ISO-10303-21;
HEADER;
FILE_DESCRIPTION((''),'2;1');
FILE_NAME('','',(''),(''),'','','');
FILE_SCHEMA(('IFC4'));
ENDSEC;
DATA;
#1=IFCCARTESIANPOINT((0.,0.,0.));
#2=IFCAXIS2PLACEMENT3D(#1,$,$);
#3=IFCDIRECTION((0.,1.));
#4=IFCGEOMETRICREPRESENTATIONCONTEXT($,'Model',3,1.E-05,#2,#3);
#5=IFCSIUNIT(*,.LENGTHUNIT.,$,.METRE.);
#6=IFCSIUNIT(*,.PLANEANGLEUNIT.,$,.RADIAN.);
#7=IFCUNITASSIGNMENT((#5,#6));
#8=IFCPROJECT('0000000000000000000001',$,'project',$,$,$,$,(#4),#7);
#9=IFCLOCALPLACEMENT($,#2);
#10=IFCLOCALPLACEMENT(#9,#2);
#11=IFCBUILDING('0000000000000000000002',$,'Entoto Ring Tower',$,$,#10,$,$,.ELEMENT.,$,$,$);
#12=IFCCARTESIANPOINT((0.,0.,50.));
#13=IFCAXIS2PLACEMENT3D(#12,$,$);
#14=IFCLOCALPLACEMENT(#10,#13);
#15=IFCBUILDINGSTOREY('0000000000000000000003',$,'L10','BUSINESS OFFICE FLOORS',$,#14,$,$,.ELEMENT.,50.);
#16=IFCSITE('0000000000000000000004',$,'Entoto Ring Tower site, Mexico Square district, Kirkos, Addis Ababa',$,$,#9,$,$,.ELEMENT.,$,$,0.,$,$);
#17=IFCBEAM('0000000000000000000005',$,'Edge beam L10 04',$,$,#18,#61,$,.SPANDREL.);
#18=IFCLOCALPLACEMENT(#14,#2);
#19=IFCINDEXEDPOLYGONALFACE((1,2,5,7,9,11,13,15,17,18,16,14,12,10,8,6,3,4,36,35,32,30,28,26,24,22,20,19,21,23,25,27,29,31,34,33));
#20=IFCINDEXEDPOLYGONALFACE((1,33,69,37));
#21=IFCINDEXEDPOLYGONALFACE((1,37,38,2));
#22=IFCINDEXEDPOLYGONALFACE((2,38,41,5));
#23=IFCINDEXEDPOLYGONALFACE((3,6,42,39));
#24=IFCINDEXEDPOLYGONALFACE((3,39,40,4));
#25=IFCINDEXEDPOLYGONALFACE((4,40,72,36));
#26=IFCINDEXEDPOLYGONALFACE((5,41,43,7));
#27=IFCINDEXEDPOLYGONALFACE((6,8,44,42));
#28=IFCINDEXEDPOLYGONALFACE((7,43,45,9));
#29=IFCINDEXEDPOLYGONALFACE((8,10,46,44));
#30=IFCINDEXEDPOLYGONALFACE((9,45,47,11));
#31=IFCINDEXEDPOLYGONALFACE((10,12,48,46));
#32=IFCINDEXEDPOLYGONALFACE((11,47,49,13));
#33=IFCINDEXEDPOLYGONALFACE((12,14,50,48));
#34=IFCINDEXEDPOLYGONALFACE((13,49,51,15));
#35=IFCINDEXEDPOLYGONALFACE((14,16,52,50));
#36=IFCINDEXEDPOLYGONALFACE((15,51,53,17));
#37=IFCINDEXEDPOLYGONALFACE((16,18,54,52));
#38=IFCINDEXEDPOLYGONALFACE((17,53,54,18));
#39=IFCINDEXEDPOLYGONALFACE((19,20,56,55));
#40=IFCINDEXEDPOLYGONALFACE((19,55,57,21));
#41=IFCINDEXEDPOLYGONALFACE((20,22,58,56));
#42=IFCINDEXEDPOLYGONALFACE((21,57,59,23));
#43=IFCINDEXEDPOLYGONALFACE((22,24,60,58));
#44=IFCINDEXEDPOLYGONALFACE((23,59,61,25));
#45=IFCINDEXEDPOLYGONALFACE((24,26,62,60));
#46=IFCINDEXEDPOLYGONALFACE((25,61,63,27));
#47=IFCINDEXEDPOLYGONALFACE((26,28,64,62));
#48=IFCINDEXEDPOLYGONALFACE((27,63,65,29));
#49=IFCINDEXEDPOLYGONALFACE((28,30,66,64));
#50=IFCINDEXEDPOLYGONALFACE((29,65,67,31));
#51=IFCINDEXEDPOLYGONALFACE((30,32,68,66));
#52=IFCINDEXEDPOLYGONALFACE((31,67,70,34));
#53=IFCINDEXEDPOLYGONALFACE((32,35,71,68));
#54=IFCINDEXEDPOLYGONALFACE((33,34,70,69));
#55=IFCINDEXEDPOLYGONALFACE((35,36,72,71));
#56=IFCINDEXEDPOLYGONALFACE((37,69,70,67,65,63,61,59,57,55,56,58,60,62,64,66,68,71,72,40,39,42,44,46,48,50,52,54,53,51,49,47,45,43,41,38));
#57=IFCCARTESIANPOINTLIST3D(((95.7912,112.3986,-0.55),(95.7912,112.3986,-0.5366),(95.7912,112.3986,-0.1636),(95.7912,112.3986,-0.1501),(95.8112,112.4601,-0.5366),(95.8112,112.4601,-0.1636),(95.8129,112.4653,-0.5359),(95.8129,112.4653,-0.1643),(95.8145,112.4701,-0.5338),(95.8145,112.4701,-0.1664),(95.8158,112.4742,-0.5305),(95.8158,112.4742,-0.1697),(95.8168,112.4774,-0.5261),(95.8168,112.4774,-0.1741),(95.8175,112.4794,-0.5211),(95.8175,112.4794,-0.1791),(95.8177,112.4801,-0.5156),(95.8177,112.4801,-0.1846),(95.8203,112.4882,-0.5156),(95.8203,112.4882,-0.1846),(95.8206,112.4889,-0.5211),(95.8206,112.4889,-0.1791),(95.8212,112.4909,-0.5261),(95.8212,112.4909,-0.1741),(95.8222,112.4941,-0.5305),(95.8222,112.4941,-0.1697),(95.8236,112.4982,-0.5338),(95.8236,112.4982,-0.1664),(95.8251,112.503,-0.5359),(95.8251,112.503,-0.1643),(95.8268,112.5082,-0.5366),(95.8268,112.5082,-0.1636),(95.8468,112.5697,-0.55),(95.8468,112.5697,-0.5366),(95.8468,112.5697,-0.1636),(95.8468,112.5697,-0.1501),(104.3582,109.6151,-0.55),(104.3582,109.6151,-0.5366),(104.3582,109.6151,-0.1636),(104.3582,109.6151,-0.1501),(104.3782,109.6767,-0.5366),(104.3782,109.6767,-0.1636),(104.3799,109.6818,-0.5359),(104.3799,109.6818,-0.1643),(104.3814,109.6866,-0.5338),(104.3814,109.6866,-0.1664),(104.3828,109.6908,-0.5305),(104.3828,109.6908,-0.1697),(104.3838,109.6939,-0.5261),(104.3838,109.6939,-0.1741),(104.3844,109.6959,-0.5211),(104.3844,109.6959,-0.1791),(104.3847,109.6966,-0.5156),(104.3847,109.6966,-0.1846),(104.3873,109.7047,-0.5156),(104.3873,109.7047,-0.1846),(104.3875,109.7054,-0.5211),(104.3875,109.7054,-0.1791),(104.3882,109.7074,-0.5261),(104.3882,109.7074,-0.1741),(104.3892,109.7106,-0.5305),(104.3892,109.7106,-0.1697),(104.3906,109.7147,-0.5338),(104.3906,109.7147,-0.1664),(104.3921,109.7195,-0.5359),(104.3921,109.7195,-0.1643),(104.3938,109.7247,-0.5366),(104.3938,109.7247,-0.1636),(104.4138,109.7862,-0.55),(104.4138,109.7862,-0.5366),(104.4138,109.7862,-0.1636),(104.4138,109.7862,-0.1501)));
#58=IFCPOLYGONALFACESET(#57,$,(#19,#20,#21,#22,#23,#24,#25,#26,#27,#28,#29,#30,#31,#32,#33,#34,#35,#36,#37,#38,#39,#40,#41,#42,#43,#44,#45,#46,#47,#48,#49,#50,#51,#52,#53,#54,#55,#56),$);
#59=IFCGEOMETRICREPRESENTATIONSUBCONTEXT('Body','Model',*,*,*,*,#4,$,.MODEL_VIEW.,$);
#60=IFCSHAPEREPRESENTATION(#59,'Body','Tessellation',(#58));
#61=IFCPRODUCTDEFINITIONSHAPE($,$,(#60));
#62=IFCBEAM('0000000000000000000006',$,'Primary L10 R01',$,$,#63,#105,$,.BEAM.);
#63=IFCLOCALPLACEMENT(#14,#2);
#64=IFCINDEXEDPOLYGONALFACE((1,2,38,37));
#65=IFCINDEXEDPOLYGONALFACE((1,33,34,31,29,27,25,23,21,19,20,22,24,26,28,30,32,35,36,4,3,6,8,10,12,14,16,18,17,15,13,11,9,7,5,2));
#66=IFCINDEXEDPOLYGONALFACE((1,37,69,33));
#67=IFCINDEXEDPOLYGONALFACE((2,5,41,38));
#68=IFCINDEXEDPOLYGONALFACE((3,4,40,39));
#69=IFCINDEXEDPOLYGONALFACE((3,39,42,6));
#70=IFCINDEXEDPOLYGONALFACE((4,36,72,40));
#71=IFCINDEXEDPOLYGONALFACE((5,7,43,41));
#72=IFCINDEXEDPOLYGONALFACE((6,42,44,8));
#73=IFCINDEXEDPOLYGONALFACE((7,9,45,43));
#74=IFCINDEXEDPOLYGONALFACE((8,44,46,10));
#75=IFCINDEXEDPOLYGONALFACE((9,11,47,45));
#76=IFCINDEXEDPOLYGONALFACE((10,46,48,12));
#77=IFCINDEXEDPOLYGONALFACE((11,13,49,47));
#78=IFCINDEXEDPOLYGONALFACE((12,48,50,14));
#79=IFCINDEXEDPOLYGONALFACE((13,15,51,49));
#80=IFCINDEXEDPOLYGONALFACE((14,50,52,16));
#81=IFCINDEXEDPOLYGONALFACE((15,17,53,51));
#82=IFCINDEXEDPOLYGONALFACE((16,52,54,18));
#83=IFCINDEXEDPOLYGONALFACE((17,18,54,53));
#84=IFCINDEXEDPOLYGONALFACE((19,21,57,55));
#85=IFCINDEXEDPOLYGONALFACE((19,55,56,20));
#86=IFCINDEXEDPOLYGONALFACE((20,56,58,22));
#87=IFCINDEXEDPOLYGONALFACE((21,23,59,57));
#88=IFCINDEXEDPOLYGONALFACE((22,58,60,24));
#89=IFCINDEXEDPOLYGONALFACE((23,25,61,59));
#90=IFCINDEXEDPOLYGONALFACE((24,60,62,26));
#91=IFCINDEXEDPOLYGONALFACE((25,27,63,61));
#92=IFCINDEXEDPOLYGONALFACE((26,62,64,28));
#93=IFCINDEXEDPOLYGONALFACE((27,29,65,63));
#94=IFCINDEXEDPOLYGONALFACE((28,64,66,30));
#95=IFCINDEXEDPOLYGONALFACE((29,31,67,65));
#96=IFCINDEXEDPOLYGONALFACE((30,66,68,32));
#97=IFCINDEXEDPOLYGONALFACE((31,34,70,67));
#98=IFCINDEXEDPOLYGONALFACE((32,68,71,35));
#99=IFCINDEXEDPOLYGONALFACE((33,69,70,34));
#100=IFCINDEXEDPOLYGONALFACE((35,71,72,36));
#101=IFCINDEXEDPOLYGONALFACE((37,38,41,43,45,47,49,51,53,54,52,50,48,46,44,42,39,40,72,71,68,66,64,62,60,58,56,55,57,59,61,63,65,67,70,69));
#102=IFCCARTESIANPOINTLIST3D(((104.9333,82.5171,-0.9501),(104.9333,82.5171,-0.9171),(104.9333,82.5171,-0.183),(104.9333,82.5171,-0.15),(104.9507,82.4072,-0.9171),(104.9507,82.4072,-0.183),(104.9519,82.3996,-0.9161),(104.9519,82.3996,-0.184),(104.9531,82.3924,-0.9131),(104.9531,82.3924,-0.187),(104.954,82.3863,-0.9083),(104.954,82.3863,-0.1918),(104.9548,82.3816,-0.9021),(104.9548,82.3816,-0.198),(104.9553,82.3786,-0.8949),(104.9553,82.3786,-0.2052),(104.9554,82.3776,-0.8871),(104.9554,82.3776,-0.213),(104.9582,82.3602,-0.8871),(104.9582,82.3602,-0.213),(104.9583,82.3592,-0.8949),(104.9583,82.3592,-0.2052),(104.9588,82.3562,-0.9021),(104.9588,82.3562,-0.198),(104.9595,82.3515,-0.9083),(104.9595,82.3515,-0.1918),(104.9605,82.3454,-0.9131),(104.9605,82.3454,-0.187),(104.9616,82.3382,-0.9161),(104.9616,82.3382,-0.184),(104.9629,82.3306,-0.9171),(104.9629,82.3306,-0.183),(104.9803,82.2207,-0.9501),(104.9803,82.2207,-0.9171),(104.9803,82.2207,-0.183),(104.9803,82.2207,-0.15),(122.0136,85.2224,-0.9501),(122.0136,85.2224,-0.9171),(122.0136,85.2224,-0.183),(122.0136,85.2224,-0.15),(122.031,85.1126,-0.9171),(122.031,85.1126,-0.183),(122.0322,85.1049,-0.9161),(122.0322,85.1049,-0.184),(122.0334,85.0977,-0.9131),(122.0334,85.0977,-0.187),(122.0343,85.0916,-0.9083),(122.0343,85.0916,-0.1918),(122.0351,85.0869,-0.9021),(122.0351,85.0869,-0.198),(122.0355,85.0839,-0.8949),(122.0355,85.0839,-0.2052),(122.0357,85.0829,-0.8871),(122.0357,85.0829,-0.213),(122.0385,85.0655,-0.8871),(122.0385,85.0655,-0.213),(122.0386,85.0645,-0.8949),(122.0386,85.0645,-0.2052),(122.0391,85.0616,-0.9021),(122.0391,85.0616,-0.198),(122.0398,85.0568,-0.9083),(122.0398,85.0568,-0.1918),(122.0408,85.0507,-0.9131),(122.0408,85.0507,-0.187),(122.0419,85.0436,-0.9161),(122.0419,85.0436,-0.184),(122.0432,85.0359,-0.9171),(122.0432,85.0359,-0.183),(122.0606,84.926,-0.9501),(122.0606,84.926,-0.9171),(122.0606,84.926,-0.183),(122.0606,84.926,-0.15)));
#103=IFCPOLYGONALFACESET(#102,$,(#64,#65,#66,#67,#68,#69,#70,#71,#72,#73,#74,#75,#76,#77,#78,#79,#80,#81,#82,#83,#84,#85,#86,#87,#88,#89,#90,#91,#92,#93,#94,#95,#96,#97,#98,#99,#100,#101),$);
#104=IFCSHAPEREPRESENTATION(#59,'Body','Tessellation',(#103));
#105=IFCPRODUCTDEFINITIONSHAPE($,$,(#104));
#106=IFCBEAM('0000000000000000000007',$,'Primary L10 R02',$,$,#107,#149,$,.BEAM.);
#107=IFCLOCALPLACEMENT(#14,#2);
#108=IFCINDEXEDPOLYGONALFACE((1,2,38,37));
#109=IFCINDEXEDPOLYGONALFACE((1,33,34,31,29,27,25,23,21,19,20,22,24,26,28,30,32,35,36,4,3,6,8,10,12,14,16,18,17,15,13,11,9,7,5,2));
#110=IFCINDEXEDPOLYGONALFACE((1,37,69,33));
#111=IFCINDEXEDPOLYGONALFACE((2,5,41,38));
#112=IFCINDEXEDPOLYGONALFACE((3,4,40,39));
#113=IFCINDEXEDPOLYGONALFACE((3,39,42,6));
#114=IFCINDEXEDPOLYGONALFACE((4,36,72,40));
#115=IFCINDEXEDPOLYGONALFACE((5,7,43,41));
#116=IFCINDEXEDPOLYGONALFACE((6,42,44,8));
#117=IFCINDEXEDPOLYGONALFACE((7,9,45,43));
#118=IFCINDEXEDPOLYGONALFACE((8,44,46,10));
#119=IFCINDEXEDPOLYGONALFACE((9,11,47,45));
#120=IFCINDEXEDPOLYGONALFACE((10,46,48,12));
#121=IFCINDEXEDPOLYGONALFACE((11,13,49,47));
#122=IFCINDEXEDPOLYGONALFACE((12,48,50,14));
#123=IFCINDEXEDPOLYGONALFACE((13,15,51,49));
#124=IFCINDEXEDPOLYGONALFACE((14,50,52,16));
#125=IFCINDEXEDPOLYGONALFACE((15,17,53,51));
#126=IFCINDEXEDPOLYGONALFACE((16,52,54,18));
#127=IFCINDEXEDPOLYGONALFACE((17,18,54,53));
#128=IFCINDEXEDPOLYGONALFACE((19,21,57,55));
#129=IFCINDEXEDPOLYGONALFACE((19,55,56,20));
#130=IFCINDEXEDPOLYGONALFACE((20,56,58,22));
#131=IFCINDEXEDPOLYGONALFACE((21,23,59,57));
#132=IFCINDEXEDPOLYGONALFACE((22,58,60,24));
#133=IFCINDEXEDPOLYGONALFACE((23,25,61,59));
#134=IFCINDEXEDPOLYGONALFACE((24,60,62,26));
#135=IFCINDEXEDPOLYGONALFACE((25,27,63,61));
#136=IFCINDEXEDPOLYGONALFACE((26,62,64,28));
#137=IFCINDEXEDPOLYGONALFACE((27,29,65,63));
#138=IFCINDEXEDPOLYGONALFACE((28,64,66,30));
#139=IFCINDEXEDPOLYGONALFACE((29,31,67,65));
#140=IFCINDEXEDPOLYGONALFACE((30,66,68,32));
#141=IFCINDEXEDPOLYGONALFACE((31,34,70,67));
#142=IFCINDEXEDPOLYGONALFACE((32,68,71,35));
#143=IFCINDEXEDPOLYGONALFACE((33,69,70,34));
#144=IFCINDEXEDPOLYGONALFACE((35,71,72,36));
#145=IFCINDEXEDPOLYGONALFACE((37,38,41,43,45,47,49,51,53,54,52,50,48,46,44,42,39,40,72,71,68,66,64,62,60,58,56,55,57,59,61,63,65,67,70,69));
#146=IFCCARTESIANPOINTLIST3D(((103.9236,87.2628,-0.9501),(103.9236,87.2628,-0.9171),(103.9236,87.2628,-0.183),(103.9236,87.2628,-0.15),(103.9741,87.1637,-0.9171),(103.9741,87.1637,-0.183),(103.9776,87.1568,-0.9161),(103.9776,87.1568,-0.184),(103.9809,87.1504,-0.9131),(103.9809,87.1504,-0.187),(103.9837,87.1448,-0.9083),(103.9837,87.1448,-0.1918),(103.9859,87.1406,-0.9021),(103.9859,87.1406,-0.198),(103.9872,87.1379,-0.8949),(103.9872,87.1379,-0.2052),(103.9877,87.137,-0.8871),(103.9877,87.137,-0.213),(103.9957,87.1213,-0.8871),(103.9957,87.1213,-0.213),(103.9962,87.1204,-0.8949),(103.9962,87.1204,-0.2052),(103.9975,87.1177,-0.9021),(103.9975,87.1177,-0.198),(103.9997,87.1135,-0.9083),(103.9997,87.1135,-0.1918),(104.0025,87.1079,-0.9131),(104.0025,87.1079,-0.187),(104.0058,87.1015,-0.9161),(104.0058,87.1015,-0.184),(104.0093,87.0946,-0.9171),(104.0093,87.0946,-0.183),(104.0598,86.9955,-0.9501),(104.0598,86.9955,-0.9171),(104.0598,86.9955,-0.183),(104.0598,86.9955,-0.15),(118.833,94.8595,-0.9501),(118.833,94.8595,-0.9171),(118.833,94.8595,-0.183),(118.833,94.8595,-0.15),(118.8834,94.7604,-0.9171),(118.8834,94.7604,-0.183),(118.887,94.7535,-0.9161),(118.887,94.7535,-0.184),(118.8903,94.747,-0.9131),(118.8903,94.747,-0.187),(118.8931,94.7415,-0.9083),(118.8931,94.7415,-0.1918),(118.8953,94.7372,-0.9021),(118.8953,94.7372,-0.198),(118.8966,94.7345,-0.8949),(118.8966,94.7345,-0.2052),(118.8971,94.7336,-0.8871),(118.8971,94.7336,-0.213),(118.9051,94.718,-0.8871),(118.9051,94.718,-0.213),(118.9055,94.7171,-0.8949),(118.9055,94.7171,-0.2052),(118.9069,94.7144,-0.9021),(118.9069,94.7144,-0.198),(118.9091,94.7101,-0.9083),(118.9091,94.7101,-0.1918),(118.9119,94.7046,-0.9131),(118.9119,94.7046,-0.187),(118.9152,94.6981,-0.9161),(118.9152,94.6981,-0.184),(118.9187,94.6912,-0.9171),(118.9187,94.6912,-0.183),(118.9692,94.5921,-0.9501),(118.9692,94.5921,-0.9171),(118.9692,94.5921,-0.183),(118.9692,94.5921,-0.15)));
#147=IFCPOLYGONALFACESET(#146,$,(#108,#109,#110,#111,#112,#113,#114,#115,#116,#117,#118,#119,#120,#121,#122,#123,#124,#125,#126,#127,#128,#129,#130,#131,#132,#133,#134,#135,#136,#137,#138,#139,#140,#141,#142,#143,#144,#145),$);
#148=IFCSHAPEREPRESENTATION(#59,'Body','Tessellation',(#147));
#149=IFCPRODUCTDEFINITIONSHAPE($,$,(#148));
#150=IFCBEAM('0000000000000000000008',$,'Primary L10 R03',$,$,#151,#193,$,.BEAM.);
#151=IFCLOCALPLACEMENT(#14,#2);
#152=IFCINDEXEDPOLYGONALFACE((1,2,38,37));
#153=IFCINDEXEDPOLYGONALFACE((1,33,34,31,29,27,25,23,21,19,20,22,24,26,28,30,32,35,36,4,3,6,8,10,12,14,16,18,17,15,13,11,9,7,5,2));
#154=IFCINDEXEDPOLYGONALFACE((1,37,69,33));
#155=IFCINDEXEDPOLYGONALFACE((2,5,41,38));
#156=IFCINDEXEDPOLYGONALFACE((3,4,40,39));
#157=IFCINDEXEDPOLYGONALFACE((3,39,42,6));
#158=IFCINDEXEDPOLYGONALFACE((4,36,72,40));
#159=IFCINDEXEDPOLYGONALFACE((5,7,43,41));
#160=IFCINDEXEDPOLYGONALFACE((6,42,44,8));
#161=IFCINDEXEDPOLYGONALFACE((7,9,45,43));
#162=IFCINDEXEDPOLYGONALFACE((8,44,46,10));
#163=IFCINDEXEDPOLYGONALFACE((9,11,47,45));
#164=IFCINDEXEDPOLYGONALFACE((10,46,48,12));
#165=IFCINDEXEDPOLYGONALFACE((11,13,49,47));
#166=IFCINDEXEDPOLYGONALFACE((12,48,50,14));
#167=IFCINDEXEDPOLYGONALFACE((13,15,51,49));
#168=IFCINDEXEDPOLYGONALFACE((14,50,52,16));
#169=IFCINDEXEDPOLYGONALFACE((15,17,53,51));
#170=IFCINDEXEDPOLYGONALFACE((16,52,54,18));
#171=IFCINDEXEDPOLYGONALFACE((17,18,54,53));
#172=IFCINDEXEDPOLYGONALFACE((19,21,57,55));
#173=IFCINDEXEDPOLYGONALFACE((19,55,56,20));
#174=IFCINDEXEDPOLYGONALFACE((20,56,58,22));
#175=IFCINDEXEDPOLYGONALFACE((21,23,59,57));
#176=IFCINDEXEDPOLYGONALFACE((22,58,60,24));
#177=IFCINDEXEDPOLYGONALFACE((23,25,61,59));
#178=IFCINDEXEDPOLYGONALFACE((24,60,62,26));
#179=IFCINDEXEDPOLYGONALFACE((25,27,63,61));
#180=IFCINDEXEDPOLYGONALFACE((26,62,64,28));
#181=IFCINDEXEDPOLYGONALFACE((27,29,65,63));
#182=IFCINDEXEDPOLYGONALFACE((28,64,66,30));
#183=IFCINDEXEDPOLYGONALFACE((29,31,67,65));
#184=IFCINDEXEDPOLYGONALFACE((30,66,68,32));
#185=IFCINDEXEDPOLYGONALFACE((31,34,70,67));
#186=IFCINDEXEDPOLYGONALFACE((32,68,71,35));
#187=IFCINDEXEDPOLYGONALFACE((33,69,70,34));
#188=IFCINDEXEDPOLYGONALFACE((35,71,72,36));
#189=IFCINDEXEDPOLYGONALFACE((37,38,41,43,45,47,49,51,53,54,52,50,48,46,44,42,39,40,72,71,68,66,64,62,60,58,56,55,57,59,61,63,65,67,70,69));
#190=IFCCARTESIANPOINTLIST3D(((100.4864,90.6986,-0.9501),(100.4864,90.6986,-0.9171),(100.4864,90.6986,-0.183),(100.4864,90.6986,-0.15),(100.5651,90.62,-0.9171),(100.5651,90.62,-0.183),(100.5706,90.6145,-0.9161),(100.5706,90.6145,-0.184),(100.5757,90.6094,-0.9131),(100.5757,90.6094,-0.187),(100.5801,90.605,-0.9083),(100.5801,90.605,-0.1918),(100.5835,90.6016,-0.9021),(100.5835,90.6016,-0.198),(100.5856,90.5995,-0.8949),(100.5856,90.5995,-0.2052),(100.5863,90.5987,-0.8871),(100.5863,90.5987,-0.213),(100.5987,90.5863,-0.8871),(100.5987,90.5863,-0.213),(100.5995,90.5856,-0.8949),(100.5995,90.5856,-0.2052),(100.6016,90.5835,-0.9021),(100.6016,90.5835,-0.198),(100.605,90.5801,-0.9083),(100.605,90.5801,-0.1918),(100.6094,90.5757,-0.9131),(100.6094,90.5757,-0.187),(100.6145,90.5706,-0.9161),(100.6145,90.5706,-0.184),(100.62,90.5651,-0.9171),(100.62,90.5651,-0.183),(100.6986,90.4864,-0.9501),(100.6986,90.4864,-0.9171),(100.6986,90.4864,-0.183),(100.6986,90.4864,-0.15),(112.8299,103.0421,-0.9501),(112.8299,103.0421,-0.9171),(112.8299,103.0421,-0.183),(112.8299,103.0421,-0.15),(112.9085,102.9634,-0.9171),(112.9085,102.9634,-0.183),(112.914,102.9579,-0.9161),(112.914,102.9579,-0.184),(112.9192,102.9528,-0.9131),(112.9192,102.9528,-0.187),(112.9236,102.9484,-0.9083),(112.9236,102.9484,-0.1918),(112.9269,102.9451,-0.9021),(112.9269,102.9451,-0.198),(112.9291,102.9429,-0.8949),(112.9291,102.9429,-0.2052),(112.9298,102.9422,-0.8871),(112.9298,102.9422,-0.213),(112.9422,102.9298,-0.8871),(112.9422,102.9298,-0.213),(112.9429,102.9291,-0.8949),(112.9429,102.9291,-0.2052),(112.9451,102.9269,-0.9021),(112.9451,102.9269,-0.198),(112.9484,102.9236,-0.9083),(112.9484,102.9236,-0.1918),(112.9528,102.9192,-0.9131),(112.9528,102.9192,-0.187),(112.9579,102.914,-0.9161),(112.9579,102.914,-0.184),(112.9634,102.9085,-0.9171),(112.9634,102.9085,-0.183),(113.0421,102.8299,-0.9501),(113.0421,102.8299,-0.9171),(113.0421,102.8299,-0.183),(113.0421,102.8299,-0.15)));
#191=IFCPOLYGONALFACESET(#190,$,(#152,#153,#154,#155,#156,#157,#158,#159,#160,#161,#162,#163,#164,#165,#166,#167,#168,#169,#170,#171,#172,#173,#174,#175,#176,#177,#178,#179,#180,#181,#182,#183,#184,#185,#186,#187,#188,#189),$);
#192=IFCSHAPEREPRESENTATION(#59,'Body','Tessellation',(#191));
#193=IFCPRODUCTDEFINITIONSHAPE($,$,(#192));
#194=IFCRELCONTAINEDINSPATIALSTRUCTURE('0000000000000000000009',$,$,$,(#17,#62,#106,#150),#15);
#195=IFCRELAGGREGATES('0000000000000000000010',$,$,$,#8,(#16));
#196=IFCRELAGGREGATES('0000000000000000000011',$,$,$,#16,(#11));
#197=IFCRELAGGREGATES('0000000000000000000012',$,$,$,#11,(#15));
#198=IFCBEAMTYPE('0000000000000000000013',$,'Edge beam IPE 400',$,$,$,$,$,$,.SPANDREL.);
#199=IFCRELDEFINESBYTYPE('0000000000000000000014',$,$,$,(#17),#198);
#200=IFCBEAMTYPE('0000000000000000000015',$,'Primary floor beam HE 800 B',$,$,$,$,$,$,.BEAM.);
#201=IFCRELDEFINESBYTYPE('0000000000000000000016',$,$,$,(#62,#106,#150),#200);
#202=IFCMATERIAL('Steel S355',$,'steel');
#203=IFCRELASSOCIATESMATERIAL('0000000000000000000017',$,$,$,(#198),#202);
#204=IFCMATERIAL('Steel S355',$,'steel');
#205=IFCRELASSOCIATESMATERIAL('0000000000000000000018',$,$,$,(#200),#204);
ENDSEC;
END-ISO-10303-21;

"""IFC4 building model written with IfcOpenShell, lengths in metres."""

from ifc_helpers import new_model, si_unit, direction, frame, origin, origin_2d, place, context, subcontext, project, spatial, i_section, extrude, material, material_profile, profile_set, type_object, element, save


model = new_model("IFC4")

# Units and contexts
model_context = context("Model", 3, precision=1e-05, world=origin(), true_north=direction((0.0, 1.0)))
body_context = subcontext(model_context, "Body", "Model", "MODEL_VIEW")
ifc_project = project(units=[si_unit("LENGTHUNIT", "METRE"), si_unit("PLANEANGLEUNIT", "RADIAN")], contexts=[model_context])

# Site, building, storey
site_placement = place(None, origin())
site = spatial("IfcSite", under=ifc_project, at=site_placement, Name="Entoto Ring Tower site, Mexico Square district, Kirkos, Addis Ababa", CompositionType="ELEMENT", RefElevation=0.0)
building_placement = place(site_placement, origin())
building = spatial("IfcBuilding", under=site, at=building_placement, Name="Entoto Ring Tower", CompositionType="ELEMENT")
storey_placement = place(building_placement, frame((0.0, 0.0, 50.0)))
storey = spatial("IfcBuildingStorey", under=building, at=storey_placement, Name="L10", Description="BUSINESS OFFICE FLOORS", CompositionType="ELEMENT", Elevation=50.0)

# Beams
ifc_material_1 = material(Name="Steel S355", Category="steel")
ifc_material_profile_1 = material_profile(ifc_material_1, i_section(OverallWidth=0.1799, OverallDepth=0.3999, WebThickness=0.0085, FlangeThickness=0.0134, FilletRadius=0.021, at=origin_2d()), Name="IPE 400")
ifc_profile_set_1 = profile_set([ifc_material_profile_1], Name="Steel S355")
beam_type_1 = type_object("IfcBeamType", Name="Edge beam IPE 400", PredefinedType="SPANDREL", material=ifc_profile_set_1)
for number, where, z_axis, x_axis, name in (
    (1, (104.386, 109.7007, -0.3501), (-0.95106, 0.309006, 0.0), (-0.309006, -0.95106, 0.0), "Edge beam L10 04"),
):
    element("IfcBeam", number, at=place(storey_placement, frame(where, z_axis=z_axis, x_axis=x_axis)), inside=storey, type_object=beam_type_1, Name=name, PredefinedType="SPANDREL", context=body_context, shape_type="SweptSolid", body=[
        extrude(i_section(OverallWidth=0.1799, OverallDepth=0.3999, WebThickness=0.0085, FlangeThickness=0.0134, FilletRadius=0.021, at=origin_2d()), origin(), (0.0, 0.0, 1.0), 9.0078),
    ])
ifc_material_2 = material(Name="Steel S355", Category="steel")
ifc_material_profile_2 = material_profile(ifc_material_2, i_section(OverallWidth=0.3, OverallDepth=0.8, WebThickness=0.0176, FlangeThickness=0.033, FilletRadius=0.03, at=origin_2d()), Name="HE 800 B")
ifc_profile_set_2 = profile_set([ifc_material_profile_2], Name="Steel S355")
beam_type_2 = type_object("IfcBeamType", Name="Primary floor beam HE 800 B", PredefinedType="BEAM", material=ifc_profile_set_2)
beam_1_placement = place(storey_placement, frame((104.9568, 82.3689, -0.55), z_axis=(0.987688, 0.156438, 0.0), x_axis=(-0.156438, 0.987688, 0.0)))
element("IfcBeam", 2, at=beam_1_placement, inside=storey, type_object=beam_type_2, Name="Primary L10 R01", PredefinedType="BEAM", context=body_context, shape_type="SweptSolid", body=[
    extrude(i_section(OverallWidth=0.3, OverallDepth=0.8, WebThickness=0.0176, FlangeThickness=0.033, FilletRadius=0.03, at=origin_2d()), origin(), (0.0, 0.0, 1.0), 17.2932),
])
beam_2_placement = place(storey_placement, frame((103.9917, 87.1292, -0.55), z_axis=(0.891008, 0.453988, 0.0), x_axis=(-0.453988, 0.891008, 0.0)))
element("IfcBeam", 3, at=beam_2_placement, inside=storey, type_object=beam_type_2, Name="Primary L10 R02", PredefinedType="BEAM", context=body_context, shape_type="SweptSolid", body=[
    extrude(i_section(OverallWidth=0.3, OverallDepth=0.8, WebThickness=0.0176, FlangeThickness=0.033, FilletRadius=0.03, at=origin_2d()), origin(), (0.0, 0.0, 1.0), 16.7332),
])
beam_3_placement = place(storey_placement, frame((100.5925, 90.5925, -0.55), z_axis=(0.707107, 0.707107, 0.0), x_axis=(-0.707107, 0.707107, 0.0)))
element("IfcBeam", 4, at=beam_3_placement, inside=storey, type_object=beam_type_2, Name="Primary L10 R03", PredefinedType="BEAM", context=body_context, shape_type="SweptSolid", body=[
    extrude(i_section(OverallWidth=0.3, OverallDepth=0.8, WebThickness=0.0176, FlangeThickness=0.033, FilletRadius=0.03, at=origin_2d()), origin(), (0.0, 0.0, 1.0), 17.4563),
])

save(model, "model.ifc")
